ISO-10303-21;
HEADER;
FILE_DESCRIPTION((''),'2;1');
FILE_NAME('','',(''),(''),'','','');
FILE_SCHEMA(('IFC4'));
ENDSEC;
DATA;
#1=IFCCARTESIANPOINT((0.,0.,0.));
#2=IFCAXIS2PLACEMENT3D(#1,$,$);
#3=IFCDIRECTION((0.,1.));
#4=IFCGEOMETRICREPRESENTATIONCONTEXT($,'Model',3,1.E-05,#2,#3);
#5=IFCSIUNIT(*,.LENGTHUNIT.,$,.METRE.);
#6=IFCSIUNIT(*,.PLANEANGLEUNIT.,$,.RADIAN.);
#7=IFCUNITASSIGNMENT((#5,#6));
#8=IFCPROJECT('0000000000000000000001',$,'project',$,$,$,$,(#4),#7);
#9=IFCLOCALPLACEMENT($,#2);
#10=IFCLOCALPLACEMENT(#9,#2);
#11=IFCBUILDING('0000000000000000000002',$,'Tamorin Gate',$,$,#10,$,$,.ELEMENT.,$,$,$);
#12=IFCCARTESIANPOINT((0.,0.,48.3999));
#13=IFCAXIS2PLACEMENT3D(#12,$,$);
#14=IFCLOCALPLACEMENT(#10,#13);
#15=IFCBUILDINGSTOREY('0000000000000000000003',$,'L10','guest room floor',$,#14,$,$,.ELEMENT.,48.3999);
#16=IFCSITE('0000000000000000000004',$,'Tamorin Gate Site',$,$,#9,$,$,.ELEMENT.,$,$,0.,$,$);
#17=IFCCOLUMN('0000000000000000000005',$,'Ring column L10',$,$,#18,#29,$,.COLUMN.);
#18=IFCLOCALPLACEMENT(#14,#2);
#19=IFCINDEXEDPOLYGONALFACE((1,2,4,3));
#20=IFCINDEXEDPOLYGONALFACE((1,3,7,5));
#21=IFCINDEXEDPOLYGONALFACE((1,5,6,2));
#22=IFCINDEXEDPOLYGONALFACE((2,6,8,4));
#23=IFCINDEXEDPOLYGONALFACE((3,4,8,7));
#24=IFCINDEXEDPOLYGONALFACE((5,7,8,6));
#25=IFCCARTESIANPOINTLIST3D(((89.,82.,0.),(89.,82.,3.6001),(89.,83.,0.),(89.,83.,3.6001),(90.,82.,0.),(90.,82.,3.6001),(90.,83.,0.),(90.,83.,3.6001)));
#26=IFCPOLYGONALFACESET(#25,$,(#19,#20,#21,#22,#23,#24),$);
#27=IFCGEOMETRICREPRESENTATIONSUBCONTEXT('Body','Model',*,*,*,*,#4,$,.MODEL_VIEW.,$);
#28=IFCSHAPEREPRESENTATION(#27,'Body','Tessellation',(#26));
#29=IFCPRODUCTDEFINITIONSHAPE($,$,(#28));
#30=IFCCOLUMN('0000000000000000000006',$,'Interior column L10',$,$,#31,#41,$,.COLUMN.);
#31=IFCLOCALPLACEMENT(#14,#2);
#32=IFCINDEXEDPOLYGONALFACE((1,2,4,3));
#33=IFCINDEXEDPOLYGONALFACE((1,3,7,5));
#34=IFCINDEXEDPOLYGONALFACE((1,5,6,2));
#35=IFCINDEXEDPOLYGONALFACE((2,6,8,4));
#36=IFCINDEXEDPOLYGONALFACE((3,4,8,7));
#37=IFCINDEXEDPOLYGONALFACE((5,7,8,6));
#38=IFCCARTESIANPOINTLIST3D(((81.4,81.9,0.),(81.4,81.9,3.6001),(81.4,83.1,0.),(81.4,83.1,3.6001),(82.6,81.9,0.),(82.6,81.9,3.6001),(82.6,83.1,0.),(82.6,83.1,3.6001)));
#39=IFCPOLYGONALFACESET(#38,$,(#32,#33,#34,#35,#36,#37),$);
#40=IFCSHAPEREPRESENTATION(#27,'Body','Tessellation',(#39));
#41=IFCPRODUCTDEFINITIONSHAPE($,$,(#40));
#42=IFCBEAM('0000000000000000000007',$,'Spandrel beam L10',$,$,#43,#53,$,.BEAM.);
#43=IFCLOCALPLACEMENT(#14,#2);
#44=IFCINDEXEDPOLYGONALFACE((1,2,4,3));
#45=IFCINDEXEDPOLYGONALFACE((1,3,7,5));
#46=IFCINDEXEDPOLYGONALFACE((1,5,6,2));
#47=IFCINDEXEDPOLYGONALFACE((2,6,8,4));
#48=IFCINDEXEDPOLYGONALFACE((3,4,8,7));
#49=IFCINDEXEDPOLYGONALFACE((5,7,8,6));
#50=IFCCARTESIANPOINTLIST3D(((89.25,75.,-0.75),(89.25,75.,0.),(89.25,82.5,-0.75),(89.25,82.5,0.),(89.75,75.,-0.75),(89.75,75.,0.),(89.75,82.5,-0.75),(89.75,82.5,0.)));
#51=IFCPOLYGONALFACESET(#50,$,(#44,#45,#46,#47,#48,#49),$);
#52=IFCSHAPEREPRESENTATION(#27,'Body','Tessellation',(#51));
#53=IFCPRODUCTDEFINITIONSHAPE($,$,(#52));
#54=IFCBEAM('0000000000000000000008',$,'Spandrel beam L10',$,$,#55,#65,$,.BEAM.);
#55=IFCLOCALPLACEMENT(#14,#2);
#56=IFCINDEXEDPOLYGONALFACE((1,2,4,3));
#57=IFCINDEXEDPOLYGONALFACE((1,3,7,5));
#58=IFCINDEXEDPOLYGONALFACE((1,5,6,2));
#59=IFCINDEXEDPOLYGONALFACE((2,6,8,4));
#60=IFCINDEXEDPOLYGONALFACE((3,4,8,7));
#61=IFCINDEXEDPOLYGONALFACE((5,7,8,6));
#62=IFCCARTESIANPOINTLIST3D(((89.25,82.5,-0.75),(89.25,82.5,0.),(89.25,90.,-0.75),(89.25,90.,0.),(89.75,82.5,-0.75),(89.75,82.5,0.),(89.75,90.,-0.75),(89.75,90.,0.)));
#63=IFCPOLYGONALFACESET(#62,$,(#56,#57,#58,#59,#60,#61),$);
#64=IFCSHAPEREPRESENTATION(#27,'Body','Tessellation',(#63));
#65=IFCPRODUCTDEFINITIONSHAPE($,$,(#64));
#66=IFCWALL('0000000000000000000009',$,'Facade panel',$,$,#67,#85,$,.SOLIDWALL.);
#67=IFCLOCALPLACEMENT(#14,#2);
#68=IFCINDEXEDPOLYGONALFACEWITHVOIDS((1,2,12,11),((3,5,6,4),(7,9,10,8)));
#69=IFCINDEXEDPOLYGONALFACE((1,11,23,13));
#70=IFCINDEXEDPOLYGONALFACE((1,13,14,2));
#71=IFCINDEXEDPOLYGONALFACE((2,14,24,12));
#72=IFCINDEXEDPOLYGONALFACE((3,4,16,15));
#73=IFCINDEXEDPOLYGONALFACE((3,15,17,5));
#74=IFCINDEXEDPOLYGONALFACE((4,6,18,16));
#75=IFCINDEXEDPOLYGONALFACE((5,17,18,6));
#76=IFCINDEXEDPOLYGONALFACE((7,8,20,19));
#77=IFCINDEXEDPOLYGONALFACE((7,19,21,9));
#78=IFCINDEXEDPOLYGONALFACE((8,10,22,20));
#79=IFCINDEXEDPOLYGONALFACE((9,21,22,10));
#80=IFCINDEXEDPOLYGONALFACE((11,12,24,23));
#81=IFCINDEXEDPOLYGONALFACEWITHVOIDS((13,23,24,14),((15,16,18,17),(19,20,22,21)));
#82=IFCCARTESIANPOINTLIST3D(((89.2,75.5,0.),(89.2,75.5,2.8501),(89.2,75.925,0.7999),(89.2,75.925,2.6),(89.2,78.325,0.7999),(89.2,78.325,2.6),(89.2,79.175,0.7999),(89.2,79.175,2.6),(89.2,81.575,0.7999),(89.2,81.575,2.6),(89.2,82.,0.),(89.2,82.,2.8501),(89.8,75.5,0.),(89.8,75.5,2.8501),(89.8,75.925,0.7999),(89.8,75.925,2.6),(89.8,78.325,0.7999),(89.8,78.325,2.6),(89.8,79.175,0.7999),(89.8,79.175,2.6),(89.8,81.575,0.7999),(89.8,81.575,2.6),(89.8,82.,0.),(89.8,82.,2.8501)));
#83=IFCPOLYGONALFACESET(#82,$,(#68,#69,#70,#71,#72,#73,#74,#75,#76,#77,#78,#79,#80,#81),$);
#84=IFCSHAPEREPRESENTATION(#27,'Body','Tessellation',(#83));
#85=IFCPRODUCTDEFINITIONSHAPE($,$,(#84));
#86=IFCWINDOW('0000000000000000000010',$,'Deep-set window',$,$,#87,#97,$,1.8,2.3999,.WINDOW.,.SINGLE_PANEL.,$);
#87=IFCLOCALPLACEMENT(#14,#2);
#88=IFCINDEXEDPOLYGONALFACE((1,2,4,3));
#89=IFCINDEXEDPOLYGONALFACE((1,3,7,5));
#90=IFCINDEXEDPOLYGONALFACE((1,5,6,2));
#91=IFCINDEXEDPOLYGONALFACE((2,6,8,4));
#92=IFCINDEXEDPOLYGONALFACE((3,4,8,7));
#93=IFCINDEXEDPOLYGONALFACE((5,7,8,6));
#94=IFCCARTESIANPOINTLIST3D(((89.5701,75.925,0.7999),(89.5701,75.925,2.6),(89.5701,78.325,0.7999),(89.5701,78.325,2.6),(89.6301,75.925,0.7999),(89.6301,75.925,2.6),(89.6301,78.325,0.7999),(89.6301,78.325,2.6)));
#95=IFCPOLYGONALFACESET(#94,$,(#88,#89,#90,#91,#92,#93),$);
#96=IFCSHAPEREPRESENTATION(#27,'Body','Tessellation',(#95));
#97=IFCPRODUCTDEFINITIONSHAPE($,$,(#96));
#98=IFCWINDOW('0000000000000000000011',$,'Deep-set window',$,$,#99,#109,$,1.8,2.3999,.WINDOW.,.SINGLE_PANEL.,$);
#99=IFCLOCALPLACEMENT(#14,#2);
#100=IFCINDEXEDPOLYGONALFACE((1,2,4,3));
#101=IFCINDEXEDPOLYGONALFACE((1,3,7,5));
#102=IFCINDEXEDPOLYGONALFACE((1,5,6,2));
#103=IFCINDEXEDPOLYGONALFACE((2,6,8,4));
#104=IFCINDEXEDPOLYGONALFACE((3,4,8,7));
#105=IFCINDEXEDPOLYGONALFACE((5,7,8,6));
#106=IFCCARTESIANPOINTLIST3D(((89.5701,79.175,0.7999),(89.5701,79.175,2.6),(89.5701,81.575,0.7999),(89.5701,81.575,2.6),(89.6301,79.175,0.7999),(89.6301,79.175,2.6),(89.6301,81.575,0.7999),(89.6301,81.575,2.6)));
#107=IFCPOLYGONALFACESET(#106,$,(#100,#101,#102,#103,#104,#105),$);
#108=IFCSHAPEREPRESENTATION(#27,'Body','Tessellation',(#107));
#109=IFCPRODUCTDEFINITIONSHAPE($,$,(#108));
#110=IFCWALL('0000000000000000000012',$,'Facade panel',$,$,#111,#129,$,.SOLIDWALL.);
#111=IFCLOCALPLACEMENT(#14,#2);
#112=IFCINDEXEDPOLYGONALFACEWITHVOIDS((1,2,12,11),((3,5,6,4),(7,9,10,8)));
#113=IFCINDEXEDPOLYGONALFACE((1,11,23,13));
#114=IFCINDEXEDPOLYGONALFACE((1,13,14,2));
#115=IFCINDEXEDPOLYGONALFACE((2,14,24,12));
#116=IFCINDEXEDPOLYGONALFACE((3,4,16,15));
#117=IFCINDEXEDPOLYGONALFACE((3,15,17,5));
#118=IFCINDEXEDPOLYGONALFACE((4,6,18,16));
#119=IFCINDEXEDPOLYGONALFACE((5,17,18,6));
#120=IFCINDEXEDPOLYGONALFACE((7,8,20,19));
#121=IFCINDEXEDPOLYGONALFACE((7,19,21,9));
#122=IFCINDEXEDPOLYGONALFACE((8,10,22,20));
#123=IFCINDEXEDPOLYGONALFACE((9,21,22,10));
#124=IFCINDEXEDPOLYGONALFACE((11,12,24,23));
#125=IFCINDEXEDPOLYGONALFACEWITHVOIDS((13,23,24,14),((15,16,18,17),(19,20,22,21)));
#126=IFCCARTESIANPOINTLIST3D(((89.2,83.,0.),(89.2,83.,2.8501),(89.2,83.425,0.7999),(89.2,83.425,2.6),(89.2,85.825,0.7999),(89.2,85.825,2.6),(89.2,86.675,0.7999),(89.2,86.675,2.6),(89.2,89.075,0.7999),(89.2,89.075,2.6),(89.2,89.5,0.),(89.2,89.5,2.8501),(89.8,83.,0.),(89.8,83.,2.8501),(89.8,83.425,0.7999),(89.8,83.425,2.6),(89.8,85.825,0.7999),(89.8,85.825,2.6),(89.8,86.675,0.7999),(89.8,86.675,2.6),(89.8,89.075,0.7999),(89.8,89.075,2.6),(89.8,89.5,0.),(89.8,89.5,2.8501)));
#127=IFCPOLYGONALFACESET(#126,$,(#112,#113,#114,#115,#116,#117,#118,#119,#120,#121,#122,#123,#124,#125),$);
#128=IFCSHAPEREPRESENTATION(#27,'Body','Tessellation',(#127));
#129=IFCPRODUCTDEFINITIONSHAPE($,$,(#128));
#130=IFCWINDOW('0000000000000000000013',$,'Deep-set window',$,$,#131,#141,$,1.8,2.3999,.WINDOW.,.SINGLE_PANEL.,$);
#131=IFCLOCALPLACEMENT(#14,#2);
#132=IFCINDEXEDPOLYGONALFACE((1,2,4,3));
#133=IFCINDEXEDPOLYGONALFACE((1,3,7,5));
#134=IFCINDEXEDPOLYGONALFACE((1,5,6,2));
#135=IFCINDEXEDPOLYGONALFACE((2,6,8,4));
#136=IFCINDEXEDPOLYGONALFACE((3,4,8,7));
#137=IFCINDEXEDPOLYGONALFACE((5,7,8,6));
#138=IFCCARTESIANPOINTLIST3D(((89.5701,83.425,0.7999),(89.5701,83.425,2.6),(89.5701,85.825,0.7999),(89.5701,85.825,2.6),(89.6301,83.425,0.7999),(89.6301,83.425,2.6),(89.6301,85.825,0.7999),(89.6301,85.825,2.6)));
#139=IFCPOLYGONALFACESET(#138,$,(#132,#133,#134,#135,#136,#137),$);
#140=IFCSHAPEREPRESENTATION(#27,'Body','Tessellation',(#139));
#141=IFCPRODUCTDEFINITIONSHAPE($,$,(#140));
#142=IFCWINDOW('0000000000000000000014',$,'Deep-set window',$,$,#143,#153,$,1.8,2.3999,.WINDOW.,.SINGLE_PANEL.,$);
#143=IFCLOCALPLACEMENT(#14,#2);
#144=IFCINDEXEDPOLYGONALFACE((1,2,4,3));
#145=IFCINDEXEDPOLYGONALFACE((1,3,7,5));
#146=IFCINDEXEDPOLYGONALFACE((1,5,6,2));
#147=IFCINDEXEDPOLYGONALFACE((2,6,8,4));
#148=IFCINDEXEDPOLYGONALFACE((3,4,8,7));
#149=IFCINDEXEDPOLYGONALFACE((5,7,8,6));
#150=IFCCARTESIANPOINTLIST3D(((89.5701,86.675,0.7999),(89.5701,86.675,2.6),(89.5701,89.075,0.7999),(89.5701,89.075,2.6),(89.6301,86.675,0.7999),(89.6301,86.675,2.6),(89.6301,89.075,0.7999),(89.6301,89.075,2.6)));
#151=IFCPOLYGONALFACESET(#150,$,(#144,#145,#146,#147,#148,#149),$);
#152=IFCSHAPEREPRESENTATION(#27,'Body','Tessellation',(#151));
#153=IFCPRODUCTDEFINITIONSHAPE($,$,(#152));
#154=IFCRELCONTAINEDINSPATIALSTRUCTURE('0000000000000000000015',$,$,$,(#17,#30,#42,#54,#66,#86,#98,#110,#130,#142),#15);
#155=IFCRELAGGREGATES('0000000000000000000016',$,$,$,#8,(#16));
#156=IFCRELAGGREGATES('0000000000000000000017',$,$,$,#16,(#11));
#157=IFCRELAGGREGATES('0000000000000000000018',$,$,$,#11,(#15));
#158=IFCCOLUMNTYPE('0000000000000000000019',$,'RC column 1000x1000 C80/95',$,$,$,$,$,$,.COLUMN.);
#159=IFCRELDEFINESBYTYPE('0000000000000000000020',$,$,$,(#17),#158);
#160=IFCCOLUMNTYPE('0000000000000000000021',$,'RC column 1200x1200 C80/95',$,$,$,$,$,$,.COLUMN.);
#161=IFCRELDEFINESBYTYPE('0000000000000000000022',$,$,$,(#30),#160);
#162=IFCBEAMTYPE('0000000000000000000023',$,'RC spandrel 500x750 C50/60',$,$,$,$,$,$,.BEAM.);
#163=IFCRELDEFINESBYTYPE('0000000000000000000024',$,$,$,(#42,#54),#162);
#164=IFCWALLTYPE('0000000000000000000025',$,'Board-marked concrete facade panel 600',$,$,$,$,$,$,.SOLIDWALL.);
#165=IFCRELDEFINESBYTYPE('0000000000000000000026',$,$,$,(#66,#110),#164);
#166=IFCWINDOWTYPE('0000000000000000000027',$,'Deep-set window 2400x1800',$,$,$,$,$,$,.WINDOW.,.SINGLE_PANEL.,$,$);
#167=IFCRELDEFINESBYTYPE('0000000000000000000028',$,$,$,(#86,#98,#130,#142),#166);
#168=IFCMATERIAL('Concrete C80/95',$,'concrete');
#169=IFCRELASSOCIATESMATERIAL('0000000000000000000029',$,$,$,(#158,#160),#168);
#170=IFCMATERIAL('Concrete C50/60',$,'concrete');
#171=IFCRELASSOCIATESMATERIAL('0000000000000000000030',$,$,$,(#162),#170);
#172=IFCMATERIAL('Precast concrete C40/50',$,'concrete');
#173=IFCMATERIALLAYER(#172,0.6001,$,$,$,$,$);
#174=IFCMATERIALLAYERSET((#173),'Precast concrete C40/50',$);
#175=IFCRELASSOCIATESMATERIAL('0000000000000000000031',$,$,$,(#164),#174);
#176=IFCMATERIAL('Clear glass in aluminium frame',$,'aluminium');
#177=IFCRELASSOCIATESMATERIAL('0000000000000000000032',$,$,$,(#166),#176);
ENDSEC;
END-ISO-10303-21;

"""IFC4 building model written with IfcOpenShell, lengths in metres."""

from ifc_helpers import new_model, si_unit, direction, frame, frame_2d, origin, origin_2d, place, context, subcontext, project, spatial, rectangle, extrude, material, layer, layer_set, material_profile, profile_set, type_object, element, fill, save


model = new_model("IFC4")

# Units and contexts
model_context = context("Model", 3, precision=1e-05, world=origin(), true_north=direction((0.0, 1.0)))
body_context = subcontext(model_context, "Body", "Model", "MODEL_VIEW")
ifc_project = project(units=[si_unit("LENGTHUNIT", "METRE"), si_unit("PLANEANGLEUNIT", "RADIAN")], contexts=[model_context])

# Site, building, storey
site_placement = place(None, origin())
site = spatial("IfcSite", under=ifc_project, at=site_placement, Name="Tamorin Gate Site", CompositionType="ELEMENT", RefElevation=0.0)
building_placement = place(site_placement, origin())
building = spatial("IfcBuilding", under=site, at=building_placement, Name="Tamorin Gate", CompositionType="ELEMENT")
storey_placement = place(building_placement, frame((0.0, 0.0, 48.3999)))
storey = spatial("IfcBuildingStorey", under=building, at=storey_placement, Name="L10", Description="guest room floor", CompositionType="ELEMENT", Elevation=48.3999)

# Columns
ifc_material_1 = material(Name="Concrete C80/95", Category="concrete")
ifc_material_profile_1 = material_profile(ifc_material_1, rectangle(XDim=1.0, YDim=1.0, at=origin_2d()), Name="RC 1000x1000")
ifc_profile_set_1 = profile_set([ifc_material_profile_1], Name="Concrete C80/95")
column_type_1 = type_object("IfcColumnType", Name="RC column 1000x1000 C80/95", PredefinedType="COLUMN", material=ifc_profile_set_1)
column_1_placement = place(storey_placement, frame((89.5, 82.5, 0.0), z_axis=(0.0, 0.0, 1.0), x_axis=(1.0, 0.0, 0.0)))
element("IfcColumn", 1, at=column_1_placement, inside=storey, type_object=column_type_1, Name="Ring column L10", PredefinedType="COLUMN", context=body_context, shape_type="SweptSolid", body=[
    extrude(rectangle(XDim=1.0, YDim=1.0, at=origin_2d()), origin(), (0.0, 0.0, 1.0), 3.6001),
])
ifc_material_profile_2 = material_profile(ifc_material_1, rectangle(XDim=1.2, YDim=1.2, at=origin_2d()), Name="RC 1200x1200")
ifc_profile_set_2 = profile_set([ifc_material_profile_2], Name="Concrete C80/95")
column_type_2 = type_object("IfcColumnType", Name="RC column 1200x1200 C80/95", PredefinedType="COLUMN", material=ifc_profile_set_2)
column_2_placement = place(storey_placement, frame((82.0, 82.5, 0.0), z_axis=(0.0, 0.0, 1.0), x_axis=(1.0, 0.0, 0.0)))
element("IfcColumn", 2, at=column_2_placement, inside=storey, type_object=column_type_2, Name="Interior column L10", PredefinedType="COLUMN", context=body_context, shape_type="SweptSolid", body=[
    extrude(rectangle(XDim=1.2, YDim=1.2, at=origin_2d()), origin(), (0.0, 0.0, 1.0), 3.6001),
])

# Beams
ifc_material_2 = material(Name="Concrete C50/60", Category="concrete")
ifc_material_profile_3 = material_profile(ifc_material_2, rectangle(XDim=0.5, YDim=0.75, at=origin_2d()), Name="RC 500x750")
ifc_profile_set_3 = profile_set([ifc_material_profile_3], Name="Concrete C50/60")
beam_type = type_object("IfcBeamType", Name="RC spandrel 500x750 C50/60", PredefinedType="BEAM", material=ifc_profile_set_3)
for number, where, z_axis, x_axis, name in (
    (3, (89.5, 75.0, -0.375), (0.0, 1.0, 0.0), (-1.0, 0.0, 0.0), "Spandrel beam L10"),
    (4, (89.5, 82.5, -0.375), (0.0, 1.0, 0.0), (-1.0, 0.0, 0.0), "Spandrel beam L10"),
):
    element("IfcBeam", number, at=place(storey_placement, frame(where, z_axis=z_axis, x_axis=x_axis)), inside=storey, type_object=beam_type, Name=name, PredefinedType="BEAM", context=body_context, shape_type="SweptSolid", body=[
        extrude(rectangle(XDim=0.5, YDim=0.75, at=origin_2d()), origin(), (0.0, 0.0, 1.0), 7.5),
    ])

# Walls, openings, windows
ifc_material_3 = material(Name="Precast concrete C40/50", Category="concrete")
ifc_layer_1 = layer(ifc_material_3, 0.6001)
ifc_layer_set_1 = layer_set([ifc_layer_1], Name="Precast concrete C40/50")
wall_type_1 = type_object("IfcWallType", Name="Board-marked concrete facade panel 600", PredefinedType="SOLIDWALL", material=ifc_layer_set_1)
wall_1_placement = place(storey_placement, frame((89.5, 75.5, 0.0), z_axis=(0.0, 0.0, 1.0), x_axis=(0.0, 1.0, 0.0)))
wall_1 = element("IfcWall", 5, at=wall_1_placement, inside=storey, type_object=wall_type_1, Name="Facade panel", PredefinedType="SOLIDWALL", context=body_context, shape_type="SweptSolid", body=[
    extrude(rectangle(XDim=6.5, YDim=0.6001, at=frame_2d((3.25, 0.0))), origin(), (0.0, 0.0, 1.0), 2.8501),
])
opening_1_placement = place(wall_1_placement, frame((0.425, 0.0, 0.8)))
opening_1 = element("IfcOpeningElement", 6, at=opening_1_placement, cuts=wall_1, PredefinedType="OPENING", context=body_context, shape_type="SweptSolid", body=[
    extrude(rectangle(XDim=2.3999, YDim=1.8, at=frame_2d((1.2, 0.8999))), frame((0.0, 0.3101, 0.0), z_axis=(0.0, -1.0, 0.0), x_axis=(1.0, 0.0, 0.0)), (0.0, 0.0, 1.0), 0.6201),
])
opening_2_placement = place(wall_1_placement, frame((3.675, 0.0, 0.8)))
opening_2 = element("IfcOpeningElement", 7, at=opening_2_placement, cuts=wall_1, PredefinedType="OPENING", context=body_context, shape_type="SweptSolid", body=[
    extrude(rectangle(XDim=2.3999, YDim=1.8, at=frame_2d((1.2, 0.8999))), frame((0.0, 0.3101, 0.0), z_axis=(0.0, -1.0, 0.0), x_axis=(1.0, 0.0, 0.0)), (0.0, 0.0, 1.0), 0.6201),
])
ifc_material_4 = material(Name="Clear glass in aluminium frame", Category="aluminium")
window_type = type_object("IfcWindowType", Name="Deep-set window 2400x1800", PartitioningType="SINGLE_PANEL", PredefinedType="WINDOW", material=ifc_material_4)
window_1_placement = place(opening_1_placement, origin())
window_1 = element("IfcWindow", 8, at=window_1_placement, inside=storey, type_object=window_type, Name="Deep-set window", OverallHeight=1.8, OverallWidth=2.3999, PartitioningType="SINGLE_PANEL", PredefinedType="WINDOW", context=body_context, shape_type="SweptSolid", body=[
    extrude(rectangle(XDim=2.3999, YDim=1.8, at=frame_2d((1.2, 0.8999))), frame((0.0, -0.0701, 0.0), z_axis=(0.0, -1.0, 0.0), x_axis=(1.0, 0.0, 0.0)), (0.0, 0.0, 1.0), 0.0601),
])
fill(opening_1, window_1)
window_2_placement = place(opening_2_placement, origin())
window_2 = element("IfcWindow", 9, at=window_2_placement, inside=storey, type_object=window_type, Name="Deep-set window", OverallHeight=1.8, OverallWidth=2.3999, PartitioningType="SINGLE_PANEL", PredefinedType="WINDOW", context=body_context, shape_type="SweptSolid", body=[
    extrude(rectangle(XDim=2.3999, YDim=1.8, at=frame_2d((1.2, 0.8999))), frame((0.0, -0.0701, 0.0), z_axis=(0.0, -1.0, 0.0), x_axis=(1.0, 0.0, 0.0)), (0.0, 0.0, 1.0), 0.0601),
])
fill(opening_2, window_2)
wall_2_placement = place(storey_placement, frame((89.5, 83.0, 0.0), z_axis=(0.0, 0.0, 1.0), x_axis=(0.0, 1.0, 0.0)))
wall_2 = element("IfcWall", 10, at=wall_2_placement, inside=storey, type_object=wall_type_1, Name="Facade panel", PredefinedType="SOLIDWALL", context=body_context, shape_type="SweptSolid", body=[
    extrude(rectangle(XDim=6.5, YDim=0.6001, at=frame_2d((3.25, 0.0))), origin(), (0.0, 0.0, 1.0), 2.8501),
])
opening_3_placement = place(wall_2_placement, frame((0.425, 0.0, 0.8)))
opening_3 = element("IfcOpeningElement", 11, at=opening_3_placement, cuts=wall_2, PredefinedType="OPENING", context=body_context, shape_type="SweptSolid", body=[
    extrude(rectangle(XDim=2.3999, YDim=1.8, at=frame_2d((1.2, 0.8999))), frame((0.0, 0.3101, 0.0), z_axis=(0.0, -1.0, 0.0), x_axis=(1.0, 0.0, 0.0)), (0.0, 0.0, 1.0), 0.6201),
])
opening_4_placement = place(wall_2_placement, frame((3.675, 0.0, 0.8)))
opening_4 = element("IfcOpeningElement", 12, at=opening_4_placement, cuts=wall_2, PredefinedType="OPENING", context=body_context, shape_type="SweptSolid", body=[
    extrude(rectangle(XDim=2.3999, YDim=1.8, at=frame_2d((1.2, 0.8999))), frame((0.0, 0.3101, 0.0), z_axis=(0.0, -1.0, 0.0), x_axis=(1.0, 0.0, 0.0)), (0.0, 0.0, 1.0), 0.6201),
])
window_3_placement = place(opening_3_placement, origin())
window_3 = element("IfcWindow", 13, at=window_3_placement, inside=storey, type_object=window_type, Name="Deep-set window", OverallHeight=1.8, OverallWidth=2.3999, PartitioningType="SINGLE_PANEL", PredefinedType="WINDOW", context=body_context, shape_type="SweptSolid", body=[
    extrude(rectangle(XDim=2.3999, YDim=1.8, at=frame_2d((1.2, 0.8999))), frame((0.0, -0.0701, 0.0), z_axis=(0.0, -1.0, 0.0), x_axis=(1.0, 0.0, 0.0)), (0.0, 0.0, 1.0), 0.0601),
])
fill(opening_3, window_3)
window_4_placement = place(opening_4_placement, origin())
window_4 = element("IfcWindow", 14, at=window_4_placement, inside=storey, type_object=window_type, Name="Deep-set window", OverallHeight=1.8, OverallWidth=2.3999, PartitioningType="SINGLE_PANEL", PredefinedType="WINDOW", context=body_context, shape_type="SweptSolid", body=[
    extrude(rectangle(XDim=2.3999, YDim=1.8, at=frame_2d((1.2, 0.8999))), frame((0.0, -0.0701, 0.0), z_axis=(0.0, -1.0, 0.0), x_axis=(1.0, 0.0, 0.0)), (0.0, 0.0, 1.0), 0.0601),
])
fill(opening_4, window_4)

save(model, "model.ifc")
